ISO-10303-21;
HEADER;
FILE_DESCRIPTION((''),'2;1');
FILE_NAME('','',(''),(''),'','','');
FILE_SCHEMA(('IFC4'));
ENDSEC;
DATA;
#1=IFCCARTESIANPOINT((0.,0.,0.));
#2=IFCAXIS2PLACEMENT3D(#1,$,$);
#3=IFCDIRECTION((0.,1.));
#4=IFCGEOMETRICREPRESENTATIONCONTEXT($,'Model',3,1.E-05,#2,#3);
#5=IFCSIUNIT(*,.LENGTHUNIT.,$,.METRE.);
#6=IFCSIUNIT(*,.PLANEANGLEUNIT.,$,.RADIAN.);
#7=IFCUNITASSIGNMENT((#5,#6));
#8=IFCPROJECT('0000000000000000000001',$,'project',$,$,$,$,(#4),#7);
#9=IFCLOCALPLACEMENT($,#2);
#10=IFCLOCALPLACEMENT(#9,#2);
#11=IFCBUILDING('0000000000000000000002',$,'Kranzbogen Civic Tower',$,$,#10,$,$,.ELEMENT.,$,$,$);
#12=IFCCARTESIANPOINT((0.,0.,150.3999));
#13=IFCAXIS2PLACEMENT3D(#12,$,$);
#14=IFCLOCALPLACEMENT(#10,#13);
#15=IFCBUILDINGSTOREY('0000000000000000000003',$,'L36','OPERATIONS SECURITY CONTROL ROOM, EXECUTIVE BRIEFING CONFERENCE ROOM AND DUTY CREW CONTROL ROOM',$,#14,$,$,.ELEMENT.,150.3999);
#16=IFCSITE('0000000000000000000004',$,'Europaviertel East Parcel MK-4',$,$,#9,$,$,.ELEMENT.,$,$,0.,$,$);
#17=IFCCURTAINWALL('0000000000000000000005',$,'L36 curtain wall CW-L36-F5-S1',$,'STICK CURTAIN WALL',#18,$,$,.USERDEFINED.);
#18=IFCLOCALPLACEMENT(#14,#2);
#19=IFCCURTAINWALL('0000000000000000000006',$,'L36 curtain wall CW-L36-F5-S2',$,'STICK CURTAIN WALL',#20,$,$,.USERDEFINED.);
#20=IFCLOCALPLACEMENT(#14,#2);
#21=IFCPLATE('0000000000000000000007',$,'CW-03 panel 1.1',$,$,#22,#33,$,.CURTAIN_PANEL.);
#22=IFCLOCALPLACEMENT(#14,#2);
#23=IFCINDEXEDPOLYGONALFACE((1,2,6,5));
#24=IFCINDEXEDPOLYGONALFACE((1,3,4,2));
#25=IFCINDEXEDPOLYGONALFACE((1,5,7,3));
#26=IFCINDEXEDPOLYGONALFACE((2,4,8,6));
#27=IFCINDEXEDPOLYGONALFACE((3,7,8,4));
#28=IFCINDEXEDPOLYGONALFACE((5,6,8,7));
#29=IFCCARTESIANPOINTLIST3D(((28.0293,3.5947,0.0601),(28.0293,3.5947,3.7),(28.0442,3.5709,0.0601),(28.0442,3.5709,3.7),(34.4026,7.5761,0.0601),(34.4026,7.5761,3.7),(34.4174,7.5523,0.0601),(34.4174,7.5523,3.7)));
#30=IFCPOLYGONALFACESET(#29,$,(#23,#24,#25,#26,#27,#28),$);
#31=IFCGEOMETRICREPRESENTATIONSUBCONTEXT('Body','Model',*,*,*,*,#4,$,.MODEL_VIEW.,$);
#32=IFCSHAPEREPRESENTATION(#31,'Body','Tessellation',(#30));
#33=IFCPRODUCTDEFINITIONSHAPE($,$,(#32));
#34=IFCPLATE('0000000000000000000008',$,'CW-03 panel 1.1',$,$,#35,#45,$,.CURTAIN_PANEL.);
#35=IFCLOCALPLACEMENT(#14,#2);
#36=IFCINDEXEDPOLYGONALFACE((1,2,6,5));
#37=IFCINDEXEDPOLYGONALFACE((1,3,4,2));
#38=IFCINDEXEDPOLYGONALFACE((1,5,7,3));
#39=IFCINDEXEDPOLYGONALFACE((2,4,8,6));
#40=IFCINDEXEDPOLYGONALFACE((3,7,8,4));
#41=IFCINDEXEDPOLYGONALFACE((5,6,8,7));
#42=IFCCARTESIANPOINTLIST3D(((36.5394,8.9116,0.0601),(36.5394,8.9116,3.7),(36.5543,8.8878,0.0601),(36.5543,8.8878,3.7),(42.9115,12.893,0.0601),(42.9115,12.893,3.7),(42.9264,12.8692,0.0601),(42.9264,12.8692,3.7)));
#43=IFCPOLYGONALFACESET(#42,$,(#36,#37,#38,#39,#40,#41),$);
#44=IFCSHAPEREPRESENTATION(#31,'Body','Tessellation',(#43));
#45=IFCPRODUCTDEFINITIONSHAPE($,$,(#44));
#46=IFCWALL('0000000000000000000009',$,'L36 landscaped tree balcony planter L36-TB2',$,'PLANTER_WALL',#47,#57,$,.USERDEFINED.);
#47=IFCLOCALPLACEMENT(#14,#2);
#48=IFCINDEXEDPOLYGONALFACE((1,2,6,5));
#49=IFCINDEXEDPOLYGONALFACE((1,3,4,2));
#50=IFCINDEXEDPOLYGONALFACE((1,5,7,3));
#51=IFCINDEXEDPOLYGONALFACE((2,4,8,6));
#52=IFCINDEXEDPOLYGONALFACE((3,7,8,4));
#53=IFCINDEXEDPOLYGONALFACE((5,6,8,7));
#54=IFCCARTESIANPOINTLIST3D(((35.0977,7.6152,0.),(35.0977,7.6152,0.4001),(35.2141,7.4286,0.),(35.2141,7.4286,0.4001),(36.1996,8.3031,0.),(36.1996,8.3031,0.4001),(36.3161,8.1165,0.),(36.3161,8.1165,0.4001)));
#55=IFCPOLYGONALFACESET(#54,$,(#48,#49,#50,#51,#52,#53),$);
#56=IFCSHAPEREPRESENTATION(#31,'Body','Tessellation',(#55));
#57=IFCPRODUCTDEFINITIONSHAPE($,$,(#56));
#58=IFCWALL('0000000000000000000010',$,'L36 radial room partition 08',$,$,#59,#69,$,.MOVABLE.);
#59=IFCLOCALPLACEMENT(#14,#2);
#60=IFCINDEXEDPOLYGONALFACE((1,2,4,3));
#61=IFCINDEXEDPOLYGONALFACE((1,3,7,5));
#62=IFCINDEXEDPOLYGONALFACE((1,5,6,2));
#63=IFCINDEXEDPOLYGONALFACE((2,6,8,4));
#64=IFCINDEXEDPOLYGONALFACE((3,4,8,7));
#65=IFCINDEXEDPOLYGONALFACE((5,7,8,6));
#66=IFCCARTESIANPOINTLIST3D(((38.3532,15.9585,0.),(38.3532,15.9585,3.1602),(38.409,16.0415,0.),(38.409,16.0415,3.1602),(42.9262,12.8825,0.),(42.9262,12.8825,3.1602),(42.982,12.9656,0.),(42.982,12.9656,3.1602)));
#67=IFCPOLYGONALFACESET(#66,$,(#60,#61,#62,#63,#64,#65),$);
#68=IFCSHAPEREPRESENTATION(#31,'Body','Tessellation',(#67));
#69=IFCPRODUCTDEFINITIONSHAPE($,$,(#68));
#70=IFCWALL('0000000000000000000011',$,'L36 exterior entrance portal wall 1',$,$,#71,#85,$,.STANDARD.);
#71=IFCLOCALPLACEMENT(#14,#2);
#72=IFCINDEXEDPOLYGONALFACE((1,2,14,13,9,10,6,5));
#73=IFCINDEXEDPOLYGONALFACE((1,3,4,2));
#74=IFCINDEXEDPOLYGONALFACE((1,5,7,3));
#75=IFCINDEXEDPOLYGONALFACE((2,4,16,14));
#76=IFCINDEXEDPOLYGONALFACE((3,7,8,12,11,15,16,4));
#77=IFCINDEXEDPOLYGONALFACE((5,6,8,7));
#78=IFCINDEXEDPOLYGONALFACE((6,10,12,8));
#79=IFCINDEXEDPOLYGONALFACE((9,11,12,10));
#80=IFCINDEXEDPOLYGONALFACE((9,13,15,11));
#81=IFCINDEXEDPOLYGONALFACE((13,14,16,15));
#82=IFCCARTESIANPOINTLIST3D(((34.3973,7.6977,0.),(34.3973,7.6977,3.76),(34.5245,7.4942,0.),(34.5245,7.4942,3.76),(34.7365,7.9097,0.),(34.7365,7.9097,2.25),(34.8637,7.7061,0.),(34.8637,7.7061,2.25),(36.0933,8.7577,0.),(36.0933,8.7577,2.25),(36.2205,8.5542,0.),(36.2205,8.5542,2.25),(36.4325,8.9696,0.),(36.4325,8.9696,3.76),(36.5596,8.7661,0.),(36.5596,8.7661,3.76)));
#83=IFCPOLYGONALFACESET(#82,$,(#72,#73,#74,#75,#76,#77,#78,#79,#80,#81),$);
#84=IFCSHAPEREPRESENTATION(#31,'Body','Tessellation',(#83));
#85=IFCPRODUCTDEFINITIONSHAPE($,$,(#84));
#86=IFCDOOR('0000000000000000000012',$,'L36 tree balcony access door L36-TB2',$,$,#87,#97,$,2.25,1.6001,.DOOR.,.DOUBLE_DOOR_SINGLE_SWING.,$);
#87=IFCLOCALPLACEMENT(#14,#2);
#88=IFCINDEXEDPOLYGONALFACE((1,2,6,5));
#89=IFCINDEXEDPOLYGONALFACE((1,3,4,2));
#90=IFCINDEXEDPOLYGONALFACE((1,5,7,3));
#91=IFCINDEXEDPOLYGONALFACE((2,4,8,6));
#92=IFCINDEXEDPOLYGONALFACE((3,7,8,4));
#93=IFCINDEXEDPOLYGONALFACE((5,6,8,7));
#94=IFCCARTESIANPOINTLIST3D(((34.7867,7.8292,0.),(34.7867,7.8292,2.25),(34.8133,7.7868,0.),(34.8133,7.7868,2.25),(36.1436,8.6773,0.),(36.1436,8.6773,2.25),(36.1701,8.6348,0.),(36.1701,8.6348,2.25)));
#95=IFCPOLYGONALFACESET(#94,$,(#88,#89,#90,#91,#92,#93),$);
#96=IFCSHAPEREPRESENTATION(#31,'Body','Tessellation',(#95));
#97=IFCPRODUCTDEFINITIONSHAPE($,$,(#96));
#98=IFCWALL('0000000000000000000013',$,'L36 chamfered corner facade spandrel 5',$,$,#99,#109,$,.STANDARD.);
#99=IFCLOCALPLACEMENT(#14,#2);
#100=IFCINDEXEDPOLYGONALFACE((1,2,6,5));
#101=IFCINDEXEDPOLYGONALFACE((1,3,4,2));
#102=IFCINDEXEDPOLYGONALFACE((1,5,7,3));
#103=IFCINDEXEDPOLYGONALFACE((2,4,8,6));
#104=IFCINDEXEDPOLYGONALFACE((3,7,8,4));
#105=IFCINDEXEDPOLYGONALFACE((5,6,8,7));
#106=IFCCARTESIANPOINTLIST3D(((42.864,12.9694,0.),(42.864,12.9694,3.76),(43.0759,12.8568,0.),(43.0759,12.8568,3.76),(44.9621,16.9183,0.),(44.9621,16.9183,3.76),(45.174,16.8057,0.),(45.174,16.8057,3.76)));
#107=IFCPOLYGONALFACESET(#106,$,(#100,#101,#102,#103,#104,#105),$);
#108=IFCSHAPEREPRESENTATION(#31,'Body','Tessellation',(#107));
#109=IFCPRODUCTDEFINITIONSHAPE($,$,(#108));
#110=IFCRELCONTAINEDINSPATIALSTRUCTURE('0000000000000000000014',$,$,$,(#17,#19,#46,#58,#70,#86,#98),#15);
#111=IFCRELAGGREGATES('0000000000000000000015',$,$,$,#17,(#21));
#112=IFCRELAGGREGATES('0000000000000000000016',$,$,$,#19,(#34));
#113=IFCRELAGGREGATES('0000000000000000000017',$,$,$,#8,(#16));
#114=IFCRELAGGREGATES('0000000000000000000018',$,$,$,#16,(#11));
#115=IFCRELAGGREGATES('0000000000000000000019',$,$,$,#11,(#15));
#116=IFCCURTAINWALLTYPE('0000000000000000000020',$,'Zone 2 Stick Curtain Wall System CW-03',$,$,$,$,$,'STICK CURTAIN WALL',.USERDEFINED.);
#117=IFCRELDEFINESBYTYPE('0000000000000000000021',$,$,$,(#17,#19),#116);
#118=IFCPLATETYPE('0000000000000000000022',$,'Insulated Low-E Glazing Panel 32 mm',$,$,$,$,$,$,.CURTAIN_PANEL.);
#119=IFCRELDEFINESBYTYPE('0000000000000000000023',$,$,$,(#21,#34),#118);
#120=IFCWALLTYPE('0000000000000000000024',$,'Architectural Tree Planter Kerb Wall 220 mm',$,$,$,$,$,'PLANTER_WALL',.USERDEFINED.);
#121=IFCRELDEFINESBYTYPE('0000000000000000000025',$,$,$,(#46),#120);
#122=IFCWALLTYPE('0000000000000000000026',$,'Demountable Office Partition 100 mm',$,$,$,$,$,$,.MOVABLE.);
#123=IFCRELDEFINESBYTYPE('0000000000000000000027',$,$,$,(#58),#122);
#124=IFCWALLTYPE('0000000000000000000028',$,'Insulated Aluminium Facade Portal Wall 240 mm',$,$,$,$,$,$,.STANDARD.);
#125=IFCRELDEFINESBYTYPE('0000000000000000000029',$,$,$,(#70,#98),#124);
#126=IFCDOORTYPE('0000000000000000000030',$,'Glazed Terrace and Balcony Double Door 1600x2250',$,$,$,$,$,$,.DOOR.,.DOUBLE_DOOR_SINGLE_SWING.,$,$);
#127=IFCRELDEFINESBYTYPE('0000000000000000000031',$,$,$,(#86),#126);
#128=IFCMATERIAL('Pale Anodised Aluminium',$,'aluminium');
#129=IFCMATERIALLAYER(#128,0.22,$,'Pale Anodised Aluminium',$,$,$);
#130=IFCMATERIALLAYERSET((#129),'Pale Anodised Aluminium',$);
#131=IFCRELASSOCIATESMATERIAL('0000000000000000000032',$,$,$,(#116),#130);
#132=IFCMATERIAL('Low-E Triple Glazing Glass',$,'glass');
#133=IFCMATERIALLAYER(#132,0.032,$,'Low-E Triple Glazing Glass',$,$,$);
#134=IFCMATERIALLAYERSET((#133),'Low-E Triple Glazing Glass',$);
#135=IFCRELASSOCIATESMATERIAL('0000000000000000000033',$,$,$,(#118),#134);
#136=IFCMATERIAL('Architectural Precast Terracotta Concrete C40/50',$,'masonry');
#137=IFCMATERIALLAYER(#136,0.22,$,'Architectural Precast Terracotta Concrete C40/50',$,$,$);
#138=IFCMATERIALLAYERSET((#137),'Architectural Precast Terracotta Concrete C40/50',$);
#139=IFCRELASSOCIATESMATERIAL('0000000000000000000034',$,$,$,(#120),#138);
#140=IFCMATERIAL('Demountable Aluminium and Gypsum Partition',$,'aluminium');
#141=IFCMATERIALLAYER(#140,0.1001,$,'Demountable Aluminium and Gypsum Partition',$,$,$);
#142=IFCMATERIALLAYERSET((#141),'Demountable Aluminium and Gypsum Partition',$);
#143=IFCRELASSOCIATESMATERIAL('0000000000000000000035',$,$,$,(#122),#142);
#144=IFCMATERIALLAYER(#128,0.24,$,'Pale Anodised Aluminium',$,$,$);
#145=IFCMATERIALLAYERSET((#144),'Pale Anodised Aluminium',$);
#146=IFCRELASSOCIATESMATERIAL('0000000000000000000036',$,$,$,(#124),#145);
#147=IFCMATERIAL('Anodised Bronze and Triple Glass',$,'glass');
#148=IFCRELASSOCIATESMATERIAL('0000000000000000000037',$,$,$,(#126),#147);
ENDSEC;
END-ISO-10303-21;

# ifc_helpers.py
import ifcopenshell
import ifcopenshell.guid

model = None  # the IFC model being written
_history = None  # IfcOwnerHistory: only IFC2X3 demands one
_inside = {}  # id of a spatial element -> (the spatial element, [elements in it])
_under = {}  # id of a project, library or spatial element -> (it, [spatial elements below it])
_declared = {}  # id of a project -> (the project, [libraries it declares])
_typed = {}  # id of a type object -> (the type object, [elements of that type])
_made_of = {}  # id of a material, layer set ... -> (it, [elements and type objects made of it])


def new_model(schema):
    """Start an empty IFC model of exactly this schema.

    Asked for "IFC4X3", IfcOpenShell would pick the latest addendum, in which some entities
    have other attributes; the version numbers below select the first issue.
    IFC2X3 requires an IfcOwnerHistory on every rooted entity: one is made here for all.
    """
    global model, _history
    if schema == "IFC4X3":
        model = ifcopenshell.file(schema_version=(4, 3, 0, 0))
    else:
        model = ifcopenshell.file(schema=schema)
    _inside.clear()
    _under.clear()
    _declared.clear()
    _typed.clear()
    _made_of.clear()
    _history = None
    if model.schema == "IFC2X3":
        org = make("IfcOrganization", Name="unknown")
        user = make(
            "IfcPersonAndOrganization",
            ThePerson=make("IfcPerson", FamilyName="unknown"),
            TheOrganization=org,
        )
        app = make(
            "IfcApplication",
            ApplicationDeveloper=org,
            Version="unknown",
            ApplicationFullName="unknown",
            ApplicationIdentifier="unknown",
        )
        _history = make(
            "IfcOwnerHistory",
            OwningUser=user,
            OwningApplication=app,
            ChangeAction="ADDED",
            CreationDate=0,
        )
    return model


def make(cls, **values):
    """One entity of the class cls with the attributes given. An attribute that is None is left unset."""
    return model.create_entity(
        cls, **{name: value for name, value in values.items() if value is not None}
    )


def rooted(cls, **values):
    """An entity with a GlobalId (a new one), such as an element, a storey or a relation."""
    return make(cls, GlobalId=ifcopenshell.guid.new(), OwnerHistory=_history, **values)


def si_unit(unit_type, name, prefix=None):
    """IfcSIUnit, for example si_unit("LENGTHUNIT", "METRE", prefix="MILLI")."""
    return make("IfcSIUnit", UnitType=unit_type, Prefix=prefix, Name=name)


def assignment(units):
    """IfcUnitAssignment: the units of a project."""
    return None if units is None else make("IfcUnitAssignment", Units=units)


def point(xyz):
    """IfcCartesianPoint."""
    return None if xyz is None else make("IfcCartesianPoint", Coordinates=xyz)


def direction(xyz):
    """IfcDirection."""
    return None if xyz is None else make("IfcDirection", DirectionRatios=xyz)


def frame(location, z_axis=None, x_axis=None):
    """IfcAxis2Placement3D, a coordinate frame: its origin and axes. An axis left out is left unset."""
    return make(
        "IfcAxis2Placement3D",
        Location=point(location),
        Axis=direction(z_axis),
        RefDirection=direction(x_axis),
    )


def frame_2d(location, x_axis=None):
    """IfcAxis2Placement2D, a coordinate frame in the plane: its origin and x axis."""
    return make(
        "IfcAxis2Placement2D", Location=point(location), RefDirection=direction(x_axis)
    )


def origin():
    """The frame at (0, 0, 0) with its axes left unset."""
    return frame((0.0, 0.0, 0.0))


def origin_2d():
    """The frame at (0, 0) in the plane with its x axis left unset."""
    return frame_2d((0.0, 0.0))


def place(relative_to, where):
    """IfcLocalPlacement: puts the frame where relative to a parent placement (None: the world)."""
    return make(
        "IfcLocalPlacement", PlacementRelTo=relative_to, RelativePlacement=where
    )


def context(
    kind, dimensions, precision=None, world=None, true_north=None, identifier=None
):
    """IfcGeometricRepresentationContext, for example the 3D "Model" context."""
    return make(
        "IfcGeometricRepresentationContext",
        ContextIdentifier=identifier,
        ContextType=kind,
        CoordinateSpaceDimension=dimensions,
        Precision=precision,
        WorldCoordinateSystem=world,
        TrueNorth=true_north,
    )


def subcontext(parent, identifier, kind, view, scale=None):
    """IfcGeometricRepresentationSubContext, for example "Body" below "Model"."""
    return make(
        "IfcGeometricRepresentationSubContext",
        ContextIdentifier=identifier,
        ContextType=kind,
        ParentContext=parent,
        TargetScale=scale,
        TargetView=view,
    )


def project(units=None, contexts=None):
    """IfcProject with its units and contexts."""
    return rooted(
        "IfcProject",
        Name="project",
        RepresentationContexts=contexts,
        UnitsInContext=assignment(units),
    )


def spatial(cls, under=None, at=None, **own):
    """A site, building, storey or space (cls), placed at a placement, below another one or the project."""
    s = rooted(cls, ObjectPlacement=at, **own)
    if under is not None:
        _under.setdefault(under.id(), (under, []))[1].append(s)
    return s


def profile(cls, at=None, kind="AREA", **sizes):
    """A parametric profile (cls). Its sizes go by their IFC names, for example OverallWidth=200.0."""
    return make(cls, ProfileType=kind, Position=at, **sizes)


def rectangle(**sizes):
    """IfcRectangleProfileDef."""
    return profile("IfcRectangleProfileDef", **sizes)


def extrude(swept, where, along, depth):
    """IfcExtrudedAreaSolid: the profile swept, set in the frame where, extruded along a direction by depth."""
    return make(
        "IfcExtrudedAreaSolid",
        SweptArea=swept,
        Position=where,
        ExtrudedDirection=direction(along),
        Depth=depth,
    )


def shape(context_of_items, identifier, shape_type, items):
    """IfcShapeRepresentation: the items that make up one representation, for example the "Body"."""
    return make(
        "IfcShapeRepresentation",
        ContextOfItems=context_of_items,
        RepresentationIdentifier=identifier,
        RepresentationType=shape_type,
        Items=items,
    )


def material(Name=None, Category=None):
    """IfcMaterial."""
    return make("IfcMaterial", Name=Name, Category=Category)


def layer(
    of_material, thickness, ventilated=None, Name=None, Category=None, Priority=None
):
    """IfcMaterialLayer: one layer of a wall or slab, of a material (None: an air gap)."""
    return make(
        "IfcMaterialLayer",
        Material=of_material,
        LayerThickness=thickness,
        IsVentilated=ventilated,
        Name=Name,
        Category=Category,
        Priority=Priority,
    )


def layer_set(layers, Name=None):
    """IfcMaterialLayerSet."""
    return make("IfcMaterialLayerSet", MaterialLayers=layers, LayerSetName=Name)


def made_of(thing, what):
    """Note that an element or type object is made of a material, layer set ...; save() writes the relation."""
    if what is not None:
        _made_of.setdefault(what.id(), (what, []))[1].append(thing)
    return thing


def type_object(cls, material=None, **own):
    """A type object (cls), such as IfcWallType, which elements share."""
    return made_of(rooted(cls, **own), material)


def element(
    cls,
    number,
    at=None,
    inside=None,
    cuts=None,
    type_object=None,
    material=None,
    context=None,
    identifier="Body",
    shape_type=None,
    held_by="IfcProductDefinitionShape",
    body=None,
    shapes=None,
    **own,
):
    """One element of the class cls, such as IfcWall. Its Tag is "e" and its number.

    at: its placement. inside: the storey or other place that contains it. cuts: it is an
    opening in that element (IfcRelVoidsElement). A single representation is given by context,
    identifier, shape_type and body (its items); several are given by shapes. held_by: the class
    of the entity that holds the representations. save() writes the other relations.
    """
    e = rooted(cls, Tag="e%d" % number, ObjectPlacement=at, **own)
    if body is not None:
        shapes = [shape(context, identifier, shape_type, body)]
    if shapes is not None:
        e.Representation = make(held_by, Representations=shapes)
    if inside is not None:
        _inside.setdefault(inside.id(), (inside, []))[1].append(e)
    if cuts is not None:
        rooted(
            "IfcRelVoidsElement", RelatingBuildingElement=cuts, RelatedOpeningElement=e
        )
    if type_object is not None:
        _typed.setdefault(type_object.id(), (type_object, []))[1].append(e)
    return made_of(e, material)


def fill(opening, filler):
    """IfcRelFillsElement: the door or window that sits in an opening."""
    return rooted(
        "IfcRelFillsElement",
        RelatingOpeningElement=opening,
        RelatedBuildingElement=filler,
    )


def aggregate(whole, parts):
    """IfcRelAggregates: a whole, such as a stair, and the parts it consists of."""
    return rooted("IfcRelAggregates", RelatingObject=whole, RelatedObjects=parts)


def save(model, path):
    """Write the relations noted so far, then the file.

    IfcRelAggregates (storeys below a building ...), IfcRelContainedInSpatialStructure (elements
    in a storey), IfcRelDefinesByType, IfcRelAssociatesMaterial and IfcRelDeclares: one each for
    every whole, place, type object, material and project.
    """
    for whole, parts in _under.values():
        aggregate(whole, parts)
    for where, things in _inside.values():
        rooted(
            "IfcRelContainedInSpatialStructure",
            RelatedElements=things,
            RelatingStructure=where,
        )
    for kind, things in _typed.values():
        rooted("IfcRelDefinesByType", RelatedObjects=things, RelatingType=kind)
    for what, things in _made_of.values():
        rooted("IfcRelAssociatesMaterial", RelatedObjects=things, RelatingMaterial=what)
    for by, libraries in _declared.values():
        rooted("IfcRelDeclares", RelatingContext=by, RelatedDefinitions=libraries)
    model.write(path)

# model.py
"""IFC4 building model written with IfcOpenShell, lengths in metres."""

from ifc_helpers import new_model, si_unit, direction, frame, frame_2d, origin, origin_2d, place, context, subcontext, project, spatial, rectangle, extrude, material, layer, layer_set, type_object, element, fill, aggregate, save


model = new_model("IFC4")

# Units and contexts
model_context = context("Model", 3, precision=1e-05, world=origin(), true_north=direction((0.0, 1.0)))
body_context = subcontext(model_context, "Body", "Model", "MODEL_VIEW")
ifc_project = project(units=[si_unit("LENGTHUNIT", "METRE"), si_unit("PLANEANGLEUNIT", "RADIAN")], contexts=[model_context])

# Site, building, storey
site_placement = place(None, origin())
site = spatial("IfcSite", under=ifc_project, at=site_placement, Name="Europaviertel East Parcel MK-4", CompositionType="ELEMENT", RefElevation=0.0)
building_placement = place(site_placement, origin())
building = spatial("IfcBuilding", under=site, at=building_placement, Name="Kranzbogen Civic Tower", CompositionType="ELEMENT")
storey_placement = place(building_placement, frame((0.0, 0.0, 150.3999)))
storey = spatial("IfcBuildingStorey", under=building, at=storey_placement, Name="L36", Description="OPERATIONS SECURITY CONTROL ROOM, EXECUTIVE BRIEFING CONFERENCE ROOM AND DUTY CREW CONTROL ROOM", CompositionType="ELEMENT", Elevation=150.3999)

# Curtain wall
ifc_material_1 = material(Name="Pale Anodised Aluminium", Category="aluminium")
ifc_layer_1 = layer(ifc_material_1, 0.22, Name="Pale Anodised Aluminium")
ifc_layer_set_1 = layer_set([ifc_layer_1], Name="Pale Anodised Aluminium")
curtain_wall_type = type_object("IfcCurtainWallType", Name="Zone 2 Stick Curtain Wall System CW-03", ElementType="STICK CURTAIN WALL", PredefinedType="USERDEFINED", material=ifc_layer_set_1)
curtain_wall_1_placement = place(storey_placement, origin())
curtain_wall_1 = element("IfcCurtainWall", 1, at=curtain_wall_1_placement, inside=storey, type_object=curtain_wall_type, Name="L36 curtain wall CW-L36-F5-S1", ObjectType="STICK CURTAIN WALL", PredefinedType="USERDEFINED")

# Curtain wall
curtain_wall_2_placement = place(storey_placement, origin())
curtain_wall_2 = element("IfcCurtainWall", 2, at=curtain_wall_2_placement, inside=storey, type_object=curtain_wall_type, Name="L36 curtain wall CW-L36-F5-S2", ObjectType="STICK CURTAIN WALL", PredefinedType="USERDEFINED")

# Plates
ifc_material_2 = material(Name="Low-E Triple Glazing Glass", Category="glass")
ifc_layer_2 = layer(ifc_material_2, 0.032, Name="Low-E Triple Glazing Glass")
ifc_layer_set_2 = layer_set([ifc_layer_2], Name="Low-E Triple Glazing Glass")
plate_type = type_object("IfcPlateType", Name="Insulated Low-E Glazing Panel 32 mm", PredefinedType="CURTAIN_PANEL", material=ifc_layer_set_2)
plate_1_placement = place(storey_placement, frame((31.2234, 5.5735, 0.0601), z_axis=(0.0, 0.0, 1.0), x_axis=(0.848109, 0.529822, 0.0)))
plate_1 = element("IfcPlate", 3, at=plate_1_placement, type_object=plate_type, Name="CW-03 panel 1.1", PredefinedType="CURTAIN_PANEL", context=body_context, shape_type="SweptSolid", body=[
    extrude(rectangle(XDim=7.5146, YDim=0.0281, at=origin_2d()), origin(), (0.0, 0.0, 1.0), 3.6399),
])
aggregate(curtain_wall_1, [plate_1])
plate_2_placement = place(storey_placement, frame((39.7329, 10.8904, 0.0601), z_axis=(0.0, 0.0, 1.0), x_axis=(0.848072, 0.529881, 0.0)))
plate_2 = element("IfcPlate", 4, at=plate_2_placement, type_object=plate_type, Name="CW-03 panel 1.1", PredefinedType="CURTAIN_PANEL", context=body_context, shape_type="SweptSolid", body=[
    extrude(rectangle(XDim=7.5137, YDim=0.0281, at=origin_2d()), origin(), (0.0, 0.0, 1.0), 3.6399),
])
aggregate(curtain_wall_2, [plate_2])

# Walls
ifc_material_3 = material(Name="Architectural Precast Terracotta Concrete C40/50", Category="masonry")
ifc_layer_3 = layer(ifc_material_3, 0.22, Name="Architectural Precast Terracotta Concrete C40/50")
ifc_layer_set_3 = layer_set([ifc_layer_3], Name="Architectural Precast Terracotta Concrete C40/50")
wall_type_1 = type_object("IfcWallType", Name="Architectural Tree Planter Kerb Wall 220 mm", ElementType="PLANTER_WALL", PredefinedType="USERDEFINED", material=ifc_layer_set_3)
wall_1_placement = place(storey_placement, frame((35.156, 7.522, 0.0), z_axis=(0.0, 0.0, 1.0), x_axis=(0.848273, 0.52956, 0.0)))
element("IfcWall", 5, at=wall_1_placement, inside=storey, type_object=wall_type_1, Name="L36 landscaped tree balcony planter L36-TB2", ObjectType="PLANTER_WALL", PredefinedType="USERDEFINED", context=body_context, shape_type="SweptSolid", body=[
    extrude(rectangle(XDim=1.2991, YDim=0.22, at=frame_2d((0.6494, 0.0))), origin(), (0.0, 0.0, 1.0), 0.4001),
])
ifc_material_4 = material(Name="Demountable Aluminium and Gypsum Partition", Category="aluminium")
ifc_layer_4 = layer(ifc_material_4, 0.1001, Name="Demountable Aluminium and Gypsum Partition")
ifc_layer_set_4 = layer_set([ifc_layer_4], Name="Demountable Aluminium and Gypsum Partition")
wall_type_2 = type_object("IfcWallType", Name="Demountable Office Partition 100 mm", PredefinedType="MOVABLE", material=ifc_layer_set_4)
wall_2_placement = place(storey_placement, frame((38.3811, 16.0, 0.0), z_axis=(0.0, 0.0, 1.0), x_axis=(0.82976, -0.55812, 0.0)))
element("IfcWall", 6, at=wall_2_placement, inside=storey, type_object=wall_type_2, Name="L36 radial room partition 08", PredefinedType="MOVABLE", context=body_context, shape_type="SweptSolid", body=[
    extrude(rectangle(XDim=5.5112, YDim=0.1001, at=frame_2d((2.7556, 0.0))), origin(), (0.0, 0.0, 1.0), 3.1602),
])

# Wall, opening, door
ifc_layer_5 = layer(ifc_material_1, 0.24, Name="Pale Anodised Aluminium")
ifc_layer_set_5 = layer_set([ifc_layer_5], Name="Pale Anodised Aluminium")
wall_type_3 = type_object("IfcWallType", Name="Insulated Aluminium Facade Portal Wall 240 mm", PredefinedType="STANDARD", material=ifc_layer_set_5)
wall_3_placement = place(storey_placement, frame((34.4609, 7.5959, 0.0), z_axis=(0.0, 0.0, 1.0), x_axis=(0.847998, 0.529999, 0.0)))
wall_3 = element("IfcWall", 7, at=wall_3_placement, inside=storey, type_object=wall_type_3, Name="L36 exterior entrance portal wall 1", PredefinedType="STANDARD", context=body_context, shape_type="SweptSolid", body=[
    extrude(rectangle(XDim=2.3999, YDim=0.24, at=frame_2d((1.2, 0.0))), origin(), (0.0, 0.0, 1.0), 3.76),
])
opening_placement = place(wall_3_placement, frame((0.3999, 0.0, 0.0)))
opening = element("IfcOpeningElement", 8, at=opening_placement, cuts=wall_3, PredefinedType="OPENING", context=body_context, shape_type="SweptSolid", body=[
    extrude(rectangle(XDim=1.6001, YDim=2.25, at=frame_2d((0.8, 1.125))), frame((0.0, 0.1299, 0.0), z_axis=(0.0, -1.0, 0.0), x_axis=(1.0, 0.0, 0.0)), (0.0, 0.0, 1.0), 0.26),
])
ifc_material_5 = material(Name="Anodised Bronze and Triple Glass", Category="glass")
door_type = type_object("IfcDoorType", Name="Glazed Terrace and Balcony Double Door 1600x2250", OperationType="DOUBLE_DOOR_SINGLE_SWING", PredefinedType="DOOR", material=ifc_material_5)
door_placement = place(opening_placement, frame((1.6001, 0.0, 0.0), z_axis=(0.0, 0.0, 1.0), x_axis=(-1.0, 0.0, 0.0)))
door = element("IfcDoor", 9, at=door_placement, inside=storey, type_object=door_type, Name="L36 tree balcony access door L36-TB2", OperationType="DOUBLE_DOOR_SINGLE_SWING", OverallHeight=2.25, OverallWidth=1.6001, PredefinedType="DOOR", context=body_context, shape_type="SweptSolid", body=[
    extrude(rectangle(XDim=1.6001, YDim=2.25, at=frame_2d((0.8, 1.125))), frame((0.0, 0.0249, 0.0), z_axis=(0.0, -1.0, 0.0), x_axis=(1.0, 0.0, 0.0)), (0.0, 0.0, 1.0), 0.05),
])
fill(opening, door)

# Wall
wall_4_placement = place(storey_placement, frame((42.97, 12.9131, 0.0), z_axis=(0.0, 0.0, 1.0), x_axis=(0.469199, 0.883092, 0.0)))
element("IfcWall", 10, at=wall_4_placement, inside=storey, type_object=wall_type_3, Name="L36 chamfered corner facade spandrel 5", PredefinedType="STANDARD", context=body_context, shape_type="SweptSolid", body=[
    extrude(rectangle(XDim=4.4717, YDim=0.24, at=frame_2d((2.2358, 0.0))), origin(), (0.0, 0.0, 1.0), 3.76),
])

save(model, "model.ifc")
